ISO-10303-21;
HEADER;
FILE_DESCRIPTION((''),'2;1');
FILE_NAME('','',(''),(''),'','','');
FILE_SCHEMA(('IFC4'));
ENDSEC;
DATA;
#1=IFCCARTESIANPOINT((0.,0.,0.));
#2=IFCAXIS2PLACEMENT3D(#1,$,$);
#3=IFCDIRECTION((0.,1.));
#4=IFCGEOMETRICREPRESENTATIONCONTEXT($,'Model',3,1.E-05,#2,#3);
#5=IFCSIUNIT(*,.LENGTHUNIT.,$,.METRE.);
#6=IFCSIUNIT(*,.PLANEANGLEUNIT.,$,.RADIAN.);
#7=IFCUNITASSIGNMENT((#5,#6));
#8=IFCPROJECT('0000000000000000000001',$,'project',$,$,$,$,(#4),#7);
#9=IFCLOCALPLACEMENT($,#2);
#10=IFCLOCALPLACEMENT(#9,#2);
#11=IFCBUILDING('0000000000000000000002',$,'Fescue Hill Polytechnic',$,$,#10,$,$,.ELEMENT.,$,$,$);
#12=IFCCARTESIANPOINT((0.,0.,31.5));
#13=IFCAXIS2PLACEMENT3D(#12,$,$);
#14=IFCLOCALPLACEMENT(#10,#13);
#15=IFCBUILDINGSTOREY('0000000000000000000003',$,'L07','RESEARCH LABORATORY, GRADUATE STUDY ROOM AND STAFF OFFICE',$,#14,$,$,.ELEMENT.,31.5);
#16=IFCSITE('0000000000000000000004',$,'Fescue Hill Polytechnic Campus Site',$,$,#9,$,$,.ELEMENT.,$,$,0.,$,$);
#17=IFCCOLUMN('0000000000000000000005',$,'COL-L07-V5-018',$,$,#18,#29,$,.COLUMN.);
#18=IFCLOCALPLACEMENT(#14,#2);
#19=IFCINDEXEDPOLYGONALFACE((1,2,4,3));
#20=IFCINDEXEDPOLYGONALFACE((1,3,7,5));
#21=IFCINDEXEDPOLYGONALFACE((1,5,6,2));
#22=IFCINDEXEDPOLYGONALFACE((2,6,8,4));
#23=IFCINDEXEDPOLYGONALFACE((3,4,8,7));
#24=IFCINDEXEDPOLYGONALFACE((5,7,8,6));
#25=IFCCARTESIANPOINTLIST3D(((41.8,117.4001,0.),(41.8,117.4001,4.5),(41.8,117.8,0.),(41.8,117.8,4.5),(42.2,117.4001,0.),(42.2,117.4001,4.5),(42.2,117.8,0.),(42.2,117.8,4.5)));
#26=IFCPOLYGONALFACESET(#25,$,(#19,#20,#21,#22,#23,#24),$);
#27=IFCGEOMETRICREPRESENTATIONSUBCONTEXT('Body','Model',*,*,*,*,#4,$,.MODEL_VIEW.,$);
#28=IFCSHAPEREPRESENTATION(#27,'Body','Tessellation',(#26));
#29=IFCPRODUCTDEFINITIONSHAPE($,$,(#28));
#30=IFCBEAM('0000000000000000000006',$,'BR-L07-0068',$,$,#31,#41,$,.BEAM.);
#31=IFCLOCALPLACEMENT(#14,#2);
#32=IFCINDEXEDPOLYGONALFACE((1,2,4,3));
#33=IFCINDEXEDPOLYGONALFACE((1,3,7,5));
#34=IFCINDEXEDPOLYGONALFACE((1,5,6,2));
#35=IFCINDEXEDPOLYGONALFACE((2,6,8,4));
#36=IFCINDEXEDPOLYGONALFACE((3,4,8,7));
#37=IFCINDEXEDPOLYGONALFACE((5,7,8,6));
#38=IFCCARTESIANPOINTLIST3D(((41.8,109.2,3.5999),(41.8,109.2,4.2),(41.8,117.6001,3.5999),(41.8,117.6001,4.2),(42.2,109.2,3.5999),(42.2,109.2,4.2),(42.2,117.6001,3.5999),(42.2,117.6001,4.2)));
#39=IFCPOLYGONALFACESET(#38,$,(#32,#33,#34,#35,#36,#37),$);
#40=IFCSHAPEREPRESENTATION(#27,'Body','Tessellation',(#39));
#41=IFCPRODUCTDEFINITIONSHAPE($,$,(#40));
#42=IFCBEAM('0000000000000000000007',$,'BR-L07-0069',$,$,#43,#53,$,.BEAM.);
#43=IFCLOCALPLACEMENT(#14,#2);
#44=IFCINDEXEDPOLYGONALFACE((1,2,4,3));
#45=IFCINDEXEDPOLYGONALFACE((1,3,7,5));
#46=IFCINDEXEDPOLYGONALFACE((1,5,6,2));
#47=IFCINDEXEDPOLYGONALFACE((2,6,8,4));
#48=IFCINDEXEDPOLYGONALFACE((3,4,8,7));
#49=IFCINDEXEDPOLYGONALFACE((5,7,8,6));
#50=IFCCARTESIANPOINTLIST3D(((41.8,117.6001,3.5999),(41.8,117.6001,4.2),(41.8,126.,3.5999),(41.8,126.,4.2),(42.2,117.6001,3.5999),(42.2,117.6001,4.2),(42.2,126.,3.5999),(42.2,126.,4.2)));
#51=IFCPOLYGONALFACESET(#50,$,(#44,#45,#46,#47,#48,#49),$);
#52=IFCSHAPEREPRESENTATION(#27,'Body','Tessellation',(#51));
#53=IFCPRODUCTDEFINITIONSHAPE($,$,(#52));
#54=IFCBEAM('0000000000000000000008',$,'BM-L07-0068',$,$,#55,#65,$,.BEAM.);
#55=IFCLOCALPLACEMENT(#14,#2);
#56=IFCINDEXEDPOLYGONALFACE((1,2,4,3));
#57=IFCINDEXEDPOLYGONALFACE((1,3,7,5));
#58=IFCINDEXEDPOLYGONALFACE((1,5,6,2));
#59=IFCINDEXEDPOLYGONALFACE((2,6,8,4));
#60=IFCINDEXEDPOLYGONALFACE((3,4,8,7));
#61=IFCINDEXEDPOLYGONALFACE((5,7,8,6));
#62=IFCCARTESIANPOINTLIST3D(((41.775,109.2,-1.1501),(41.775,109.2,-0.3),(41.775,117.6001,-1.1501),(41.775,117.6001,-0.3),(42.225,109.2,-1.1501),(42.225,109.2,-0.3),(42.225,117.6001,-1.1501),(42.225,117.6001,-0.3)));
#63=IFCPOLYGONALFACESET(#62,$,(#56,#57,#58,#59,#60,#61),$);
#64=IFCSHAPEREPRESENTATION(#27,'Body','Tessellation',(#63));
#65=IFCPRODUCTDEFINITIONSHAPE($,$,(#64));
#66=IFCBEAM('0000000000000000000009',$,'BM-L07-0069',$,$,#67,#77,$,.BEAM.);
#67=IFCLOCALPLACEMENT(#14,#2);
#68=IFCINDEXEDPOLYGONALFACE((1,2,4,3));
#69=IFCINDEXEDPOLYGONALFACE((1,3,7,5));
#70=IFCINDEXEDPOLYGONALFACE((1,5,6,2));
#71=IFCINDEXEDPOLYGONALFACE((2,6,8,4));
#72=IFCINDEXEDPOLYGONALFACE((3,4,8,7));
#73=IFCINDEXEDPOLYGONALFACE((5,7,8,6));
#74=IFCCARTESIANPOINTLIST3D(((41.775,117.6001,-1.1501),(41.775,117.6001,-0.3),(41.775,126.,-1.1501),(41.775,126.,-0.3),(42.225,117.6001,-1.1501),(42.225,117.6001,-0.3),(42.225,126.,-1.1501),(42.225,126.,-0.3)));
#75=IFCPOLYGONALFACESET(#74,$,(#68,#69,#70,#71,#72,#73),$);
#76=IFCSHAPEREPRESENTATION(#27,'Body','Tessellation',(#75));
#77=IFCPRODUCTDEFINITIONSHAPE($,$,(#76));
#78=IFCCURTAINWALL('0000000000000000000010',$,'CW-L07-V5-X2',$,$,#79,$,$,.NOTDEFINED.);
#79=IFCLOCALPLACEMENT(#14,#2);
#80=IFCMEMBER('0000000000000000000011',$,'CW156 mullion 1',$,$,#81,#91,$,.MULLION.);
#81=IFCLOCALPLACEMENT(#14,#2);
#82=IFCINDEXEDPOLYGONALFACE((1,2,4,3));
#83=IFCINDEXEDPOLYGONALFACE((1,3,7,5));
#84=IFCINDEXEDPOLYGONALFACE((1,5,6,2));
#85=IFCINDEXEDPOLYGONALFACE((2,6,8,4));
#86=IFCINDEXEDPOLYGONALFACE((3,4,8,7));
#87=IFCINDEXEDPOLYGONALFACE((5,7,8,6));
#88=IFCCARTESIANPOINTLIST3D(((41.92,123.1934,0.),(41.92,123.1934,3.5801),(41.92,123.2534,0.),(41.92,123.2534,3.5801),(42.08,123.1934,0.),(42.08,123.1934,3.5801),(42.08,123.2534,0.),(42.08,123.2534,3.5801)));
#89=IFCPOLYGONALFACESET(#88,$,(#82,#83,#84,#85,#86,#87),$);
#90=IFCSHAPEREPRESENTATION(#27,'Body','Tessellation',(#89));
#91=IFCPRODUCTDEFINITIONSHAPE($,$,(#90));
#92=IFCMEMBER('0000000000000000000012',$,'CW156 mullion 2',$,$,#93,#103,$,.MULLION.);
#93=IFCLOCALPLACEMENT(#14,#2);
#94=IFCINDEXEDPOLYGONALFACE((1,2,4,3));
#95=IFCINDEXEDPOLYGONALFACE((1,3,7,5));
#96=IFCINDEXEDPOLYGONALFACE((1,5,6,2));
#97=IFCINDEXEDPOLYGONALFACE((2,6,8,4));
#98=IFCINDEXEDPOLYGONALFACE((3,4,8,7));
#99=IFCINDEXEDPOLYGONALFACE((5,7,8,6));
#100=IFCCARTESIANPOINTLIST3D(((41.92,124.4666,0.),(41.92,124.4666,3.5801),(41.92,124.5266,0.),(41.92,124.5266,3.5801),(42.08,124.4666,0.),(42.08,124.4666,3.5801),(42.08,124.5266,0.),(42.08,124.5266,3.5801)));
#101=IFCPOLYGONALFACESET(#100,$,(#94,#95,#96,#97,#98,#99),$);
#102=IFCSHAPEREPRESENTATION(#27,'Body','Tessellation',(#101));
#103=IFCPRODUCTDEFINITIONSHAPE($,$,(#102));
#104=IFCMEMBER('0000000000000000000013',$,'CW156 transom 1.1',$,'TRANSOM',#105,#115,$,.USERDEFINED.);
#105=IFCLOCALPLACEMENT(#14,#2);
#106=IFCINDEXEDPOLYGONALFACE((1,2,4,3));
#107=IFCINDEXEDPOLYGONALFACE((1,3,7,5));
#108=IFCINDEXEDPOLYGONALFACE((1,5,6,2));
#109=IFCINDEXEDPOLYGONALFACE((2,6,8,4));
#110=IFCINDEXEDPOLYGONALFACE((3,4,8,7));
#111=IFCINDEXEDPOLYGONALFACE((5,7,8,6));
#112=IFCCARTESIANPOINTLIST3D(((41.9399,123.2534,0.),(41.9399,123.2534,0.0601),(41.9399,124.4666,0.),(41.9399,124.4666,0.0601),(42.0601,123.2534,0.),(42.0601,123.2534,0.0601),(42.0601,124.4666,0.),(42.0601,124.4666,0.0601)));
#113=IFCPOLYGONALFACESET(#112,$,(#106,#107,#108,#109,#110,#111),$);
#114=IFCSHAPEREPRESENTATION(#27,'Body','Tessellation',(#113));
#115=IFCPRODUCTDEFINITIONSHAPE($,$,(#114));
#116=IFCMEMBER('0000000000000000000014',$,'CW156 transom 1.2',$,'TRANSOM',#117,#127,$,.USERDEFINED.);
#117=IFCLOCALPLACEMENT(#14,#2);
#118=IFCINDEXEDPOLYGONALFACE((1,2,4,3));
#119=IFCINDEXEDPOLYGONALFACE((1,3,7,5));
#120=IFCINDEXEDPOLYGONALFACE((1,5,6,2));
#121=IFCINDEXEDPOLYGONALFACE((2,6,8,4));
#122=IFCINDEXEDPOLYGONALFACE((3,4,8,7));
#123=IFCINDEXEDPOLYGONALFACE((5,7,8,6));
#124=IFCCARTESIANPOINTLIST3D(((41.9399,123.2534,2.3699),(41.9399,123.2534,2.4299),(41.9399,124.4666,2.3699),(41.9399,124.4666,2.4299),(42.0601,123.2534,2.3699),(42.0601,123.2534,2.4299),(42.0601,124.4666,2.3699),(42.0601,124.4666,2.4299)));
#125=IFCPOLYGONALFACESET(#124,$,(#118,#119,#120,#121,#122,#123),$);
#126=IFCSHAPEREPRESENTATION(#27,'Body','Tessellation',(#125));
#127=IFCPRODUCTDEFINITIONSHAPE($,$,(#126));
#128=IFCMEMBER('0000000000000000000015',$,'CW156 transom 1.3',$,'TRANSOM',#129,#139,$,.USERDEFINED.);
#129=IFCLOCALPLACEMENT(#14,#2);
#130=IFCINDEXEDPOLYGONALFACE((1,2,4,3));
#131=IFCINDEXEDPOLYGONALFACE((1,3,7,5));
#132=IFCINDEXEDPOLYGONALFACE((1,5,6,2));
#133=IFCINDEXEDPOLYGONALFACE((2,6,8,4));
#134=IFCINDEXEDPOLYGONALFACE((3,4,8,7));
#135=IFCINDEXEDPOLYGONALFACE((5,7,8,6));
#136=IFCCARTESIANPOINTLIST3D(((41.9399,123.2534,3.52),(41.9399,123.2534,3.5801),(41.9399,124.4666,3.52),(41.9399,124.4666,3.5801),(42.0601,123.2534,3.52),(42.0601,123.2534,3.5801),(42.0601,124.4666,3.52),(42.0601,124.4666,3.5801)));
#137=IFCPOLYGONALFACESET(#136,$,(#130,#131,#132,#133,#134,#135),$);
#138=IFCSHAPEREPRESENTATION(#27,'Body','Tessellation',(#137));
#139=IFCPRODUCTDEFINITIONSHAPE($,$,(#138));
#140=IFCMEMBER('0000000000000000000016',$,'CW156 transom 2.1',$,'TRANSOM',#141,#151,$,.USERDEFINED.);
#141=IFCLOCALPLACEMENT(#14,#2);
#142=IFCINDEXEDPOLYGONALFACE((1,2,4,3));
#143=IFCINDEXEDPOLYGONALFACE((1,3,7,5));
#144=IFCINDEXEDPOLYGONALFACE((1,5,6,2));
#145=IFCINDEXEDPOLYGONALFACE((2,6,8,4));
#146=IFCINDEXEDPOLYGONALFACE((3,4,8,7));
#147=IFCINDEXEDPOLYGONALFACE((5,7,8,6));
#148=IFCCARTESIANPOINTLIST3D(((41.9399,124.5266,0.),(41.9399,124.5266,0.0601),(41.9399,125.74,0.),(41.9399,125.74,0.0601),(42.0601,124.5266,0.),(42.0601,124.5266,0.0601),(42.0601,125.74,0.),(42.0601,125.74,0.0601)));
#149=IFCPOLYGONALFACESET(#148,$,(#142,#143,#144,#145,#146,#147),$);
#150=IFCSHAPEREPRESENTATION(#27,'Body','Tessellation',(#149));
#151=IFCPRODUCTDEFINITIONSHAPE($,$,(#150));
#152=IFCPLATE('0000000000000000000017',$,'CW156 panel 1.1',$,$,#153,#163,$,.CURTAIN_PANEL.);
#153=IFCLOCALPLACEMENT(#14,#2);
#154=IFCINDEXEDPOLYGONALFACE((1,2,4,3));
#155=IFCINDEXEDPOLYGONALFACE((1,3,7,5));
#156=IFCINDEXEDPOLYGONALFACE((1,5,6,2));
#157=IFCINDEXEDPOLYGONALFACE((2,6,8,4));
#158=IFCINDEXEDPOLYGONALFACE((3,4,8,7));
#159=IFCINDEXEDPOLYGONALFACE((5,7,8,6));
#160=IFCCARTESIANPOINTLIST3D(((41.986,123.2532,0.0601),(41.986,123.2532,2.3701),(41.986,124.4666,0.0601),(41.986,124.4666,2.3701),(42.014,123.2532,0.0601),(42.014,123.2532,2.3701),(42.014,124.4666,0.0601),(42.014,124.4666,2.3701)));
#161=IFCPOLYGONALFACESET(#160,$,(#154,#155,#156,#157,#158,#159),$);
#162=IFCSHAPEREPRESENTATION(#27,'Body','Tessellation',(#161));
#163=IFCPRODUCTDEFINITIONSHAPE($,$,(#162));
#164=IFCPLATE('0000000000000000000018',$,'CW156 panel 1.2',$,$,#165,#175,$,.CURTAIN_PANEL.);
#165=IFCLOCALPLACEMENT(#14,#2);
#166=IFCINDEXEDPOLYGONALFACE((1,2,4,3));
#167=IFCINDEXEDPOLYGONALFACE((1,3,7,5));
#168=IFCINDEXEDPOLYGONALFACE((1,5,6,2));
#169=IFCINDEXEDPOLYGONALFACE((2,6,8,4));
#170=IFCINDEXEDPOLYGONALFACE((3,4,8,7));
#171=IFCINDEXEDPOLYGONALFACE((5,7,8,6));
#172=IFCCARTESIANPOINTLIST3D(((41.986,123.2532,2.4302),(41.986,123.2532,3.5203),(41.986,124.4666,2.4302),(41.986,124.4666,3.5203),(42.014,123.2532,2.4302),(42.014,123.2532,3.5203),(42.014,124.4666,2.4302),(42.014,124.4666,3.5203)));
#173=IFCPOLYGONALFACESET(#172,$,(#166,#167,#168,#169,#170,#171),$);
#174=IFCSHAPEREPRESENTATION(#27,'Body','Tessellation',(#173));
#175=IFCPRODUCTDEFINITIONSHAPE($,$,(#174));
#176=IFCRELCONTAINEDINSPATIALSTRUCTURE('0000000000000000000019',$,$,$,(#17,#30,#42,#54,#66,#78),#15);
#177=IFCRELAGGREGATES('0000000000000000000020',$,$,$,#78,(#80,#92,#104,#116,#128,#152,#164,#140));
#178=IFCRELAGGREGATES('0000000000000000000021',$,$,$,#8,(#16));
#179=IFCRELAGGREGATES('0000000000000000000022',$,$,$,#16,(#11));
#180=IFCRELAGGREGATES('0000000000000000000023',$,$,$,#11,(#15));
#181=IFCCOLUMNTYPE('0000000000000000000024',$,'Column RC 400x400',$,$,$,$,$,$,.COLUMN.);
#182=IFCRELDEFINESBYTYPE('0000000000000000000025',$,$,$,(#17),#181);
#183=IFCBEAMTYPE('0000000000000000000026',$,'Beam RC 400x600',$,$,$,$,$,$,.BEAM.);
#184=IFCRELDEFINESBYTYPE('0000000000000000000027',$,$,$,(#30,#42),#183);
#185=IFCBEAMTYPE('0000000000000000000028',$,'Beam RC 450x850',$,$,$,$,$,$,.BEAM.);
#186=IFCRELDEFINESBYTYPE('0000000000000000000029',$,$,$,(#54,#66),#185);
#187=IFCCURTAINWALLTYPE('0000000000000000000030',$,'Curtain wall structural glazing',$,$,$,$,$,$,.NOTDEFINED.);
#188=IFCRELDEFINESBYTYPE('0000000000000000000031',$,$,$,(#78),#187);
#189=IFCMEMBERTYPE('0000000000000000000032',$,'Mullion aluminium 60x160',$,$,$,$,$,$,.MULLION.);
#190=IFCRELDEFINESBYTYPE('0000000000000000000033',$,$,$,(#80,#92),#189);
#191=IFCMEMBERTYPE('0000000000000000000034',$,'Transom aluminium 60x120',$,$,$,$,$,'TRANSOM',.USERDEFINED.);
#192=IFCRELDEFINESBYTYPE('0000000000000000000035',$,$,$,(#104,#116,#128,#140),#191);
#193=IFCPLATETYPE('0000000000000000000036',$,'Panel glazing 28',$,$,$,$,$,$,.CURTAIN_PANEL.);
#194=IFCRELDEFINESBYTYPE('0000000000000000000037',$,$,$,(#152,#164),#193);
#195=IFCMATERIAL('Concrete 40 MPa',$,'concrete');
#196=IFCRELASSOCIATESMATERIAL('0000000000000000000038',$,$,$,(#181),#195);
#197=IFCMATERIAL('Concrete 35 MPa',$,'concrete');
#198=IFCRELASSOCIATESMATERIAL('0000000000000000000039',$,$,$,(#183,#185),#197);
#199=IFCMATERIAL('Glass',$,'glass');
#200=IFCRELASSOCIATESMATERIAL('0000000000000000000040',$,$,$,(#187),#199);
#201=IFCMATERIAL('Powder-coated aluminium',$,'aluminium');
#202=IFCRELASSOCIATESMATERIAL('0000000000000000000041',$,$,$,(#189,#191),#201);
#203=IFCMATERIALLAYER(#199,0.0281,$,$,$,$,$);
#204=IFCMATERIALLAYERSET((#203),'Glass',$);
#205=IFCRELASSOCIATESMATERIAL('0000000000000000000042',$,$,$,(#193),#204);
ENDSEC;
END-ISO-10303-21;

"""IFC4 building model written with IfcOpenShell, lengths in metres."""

from ifc_helpers import new_model, si_unit, direction, frame, origin, origin_2d, place, context, subcontext, project, spatial, rectangle, extrude, material, layer, layer_set, material_profile, profile_set, type_object, element, aggregate, save


model = new_model("IFC4")

# Units and contexts
model_context = context("Model", 3, precision=1e-05, world=origin(), true_north=direction((0.0, 1.0)))
body_context = subcontext(model_context, "Body", "Model", "MODEL_VIEW")
ifc_project = project(units=[si_unit("LENGTHUNIT", "METRE"), si_unit("PLANEANGLEUNIT", "RADIAN")], contexts=[model_context])

# Site, building, storey
site_placement = place(None, origin())
site = spatial("IfcSite", under=ifc_project, at=site_placement, Name="Fescue Hill Polytechnic Campus Site", CompositionType="ELEMENT", RefElevation=0.0)
building_placement = place(site_placement, origin())
building = spatial("IfcBuilding", under=site, at=building_placement, Name="Fescue Hill Polytechnic", CompositionType="ELEMENT")
storey_placement = place(building_placement, frame((0.0, 0.0, 31.5)))
storey = spatial("IfcBuildingStorey", under=building, at=storey_placement, Name="L07", Description="RESEARCH LABORATORY, GRADUATE STUDY ROOM AND STAFF OFFICE", CompositionType="ELEMENT", Elevation=31.5)

# Column
ifc_material_1 = material(Name="Concrete 40 MPa", Category="concrete")
ifc_material_profile_1 = material_profile(ifc_material_1, rectangle(XDim=0.3999, YDim=0.3999, at=origin_2d()), Name="RC 400x400")
ifc_profile_set_1 = profile_set([ifc_material_profile_1], Name="Concrete 40 MPa")
column_type = type_object("IfcColumnType", Name="Column RC 400x400", PredefinedType="COLUMN", material=ifc_profile_set_1)
column_placement = place(storey_placement, frame((42.0, 117.6001, 0.0), z_axis=(0.0, 0.0, 1.0), x_axis=(1.0, 0.0, 0.0)))
element("IfcColumn", 1, at=column_placement, inside=storey, type_object=column_type, Name="COL-L07-V5-018", PredefinedType="COLUMN", context=body_context, shape_type="SweptSolid", body=[
    extrude(rectangle(XDim=0.3999, YDim=0.3999, at=origin_2d()), origin(), (0.0, 0.0, 1.0), 4.5),
])

# Beams
ifc_material_2 = material(Name="Concrete 35 MPa", Category="concrete")
ifc_material_profile_2 = material_profile(ifc_material_2, rectangle(XDim=0.3999, YDim=0.6001, at=origin_2d()), Name="RC 400x600")
ifc_profile_set_2 = profile_set([ifc_material_profile_2], Name="Concrete 35 MPa")
beam_type_1 = type_object("IfcBeamType", Name="Beam RC 400x600", PredefinedType="BEAM", material=ifc_profile_set_2)
beam_1_placement = place(storey_placement, frame((42.0, 109.2, 3.8999), z_axis=(0.0, 1.0, 0.0), x_axis=(-1.0, 0.0, 0.0)))
element("IfcBeam", 2, at=beam_1_placement, inside=storey, type_object=beam_type_1, Name="BR-L07-0068", PredefinedType="BEAM", context=body_context, shape_type="SweptSolid", body=[
    extrude(rectangle(XDim=0.3999, YDim=0.6001, at=origin_2d()), origin(), (0.0, 0.0, 1.0), 8.4001),
])
beam_2_placement = place(storey_placement, frame((42.0, 117.6001, 3.8999), z_axis=(0.0, 1.0, 0.0), x_axis=(-1.0, 0.0, 0.0)))
element("IfcBeam", 3, at=beam_2_placement, inside=storey, type_object=beam_type_1, Name="BR-L07-0069", PredefinedType="BEAM", context=body_context, shape_type="SweptSolid", body=[
    extrude(rectangle(XDim=0.3999, YDim=0.6001, at=origin_2d()), origin(), (0.0, 0.0, 1.0), 8.3999),
])
ifc_material_profile_3 = material_profile(ifc_material_2, rectangle(XDim=0.45, YDim=0.8501, at=origin_2d()), Name="RC 450x850")
ifc_profile_set_3 = profile_set([ifc_material_profile_3], Name="Concrete 35 MPa")
beam_type_2 = type_object("IfcBeamType", Name="Beam RC 450x850", PredefinedType="BEAM", material=ifc_profile_set_3)
beam_3_placement = place(storey_placement, frame((42.0, 109.2, -0.7251), z_axis=(0.0, 1.0, 0.0), x_axis=(-1.0, 0.0, 0.0)))
element("IfcBeam", 4, at=beam_3_placement, inside=storey, type_object=beam_type_2, Name="BM-L07-0068", PredefinedType="BEAM", context=body_context, shape_type="SweptSolid", body=[
    extrude(rectangle(XDim=0.45, YDim=0.8501, at=origin_2d()), origin(), (0.0, 0.0, 1.0), 8.4001),
])
beam_4_placement = place(storey_placement, frame((42.0, 117.6001, -0.7251), z_axis=(0.0, 1.0, 0.0), x_axis=(-1.0, 0.0, 0.0)))
element("IfcBeam", 5, at=beam_4_placement, inside=storey, type_object=beam_type_2, Name="BM-L07-0069", PredefinedType="BEAM", context=body_context, shape_type="SweptSolid", body=[
    extrude(rectangle(XDim=0.45, YDim=0.8501, at=origin_2d()), origin(), (0.0, 0.0, 1.0), 8.3999),
])

# Curtain wall, members, plates
ifc_material_3 = material(Name="Glass", Category="glass")
curtain_wall_type = type_object("IfcCurtainWallType", Name="Curtain wall structural glazing", PredefinedType="NOTDEFINED", material=ifc_material_3)
curtain_wall_placement = place(storey_placement, origin())
curtain_wall = element("IfcCurtainWall", 6, at=curtain_wall_placement, inside=storey, type_object=curtain_wall_type, Name="CW-L07-V5-X2", PredefinedType="NOTDEFINED")
ifc_material_4 = material(Name="Powder-coated aluminium", Category="aluminium")
ifc_material_profile_4 = material_profile(ifc_material_4, rectangle(XDim=0.1599, YDim=0.0601, at=origin_2d()), Name="Mullion aluminium 60x160")
ifc_profile_set_4 = profile_set([ifc_material_profile_4], Name="Powder-coated aluminium")
member_type_1 = type_object("IfcMemberType", Name="Mullion aluminium 60x160", PredefinedType="MULLION", material=ifc_profile_set_4)
member_1_placement = place(storey_placement, frame((42.0, 123.2234, 0.0), z_axis=(0.0, 0.0, 1.0), x_axis=(-1.0, 0.0, 0.0)))
member_1 = element("IfcMember", 7, at=member_1_placement, type_object=member_type_1, Name="CW156 mullion 1", PredefinedType="MULLION", context=body_context, shape_type="SweptSolid", body=[
    extrude(rectangle(XDim=0.1599, YDim=0.0601, at=origin_2d()), origin(), (0.0, 0.0, 1.0), 3.5801),
])
member_2_placement = place(storey_placement, frame((42.0, 124.4966, 0.0), z_axis=(0.0, 0.0, 1.0), x_axis=(-1.0, 0.0, 0.0)))
member_2 = element("IfcMember", 8, at=member_2_placement, type_object=member_type_1, Name="CW156 mullion 2", PredefinedType="MULLION", context=body_context, shape_type="SweptSolid", body=[
    extrude(rectangle(XDim=0.1599, YDim=0.0601, at=origin_2d()), origin(), (0.0, 0.0, 1.0), 3.5801),
])
ifc_material_profile_5 = material_profile(ifc_material_4, rectangle(XDim=0.1201, YDim=0.0601, at=origin_2d()), Name="Transom aluminium 60x120")
ifc_profile_set_5 = profile_set([ifc_material_profile_5], Name="Powder-coated aluminium")
member_type_2 = type_object("IfcMemberType", Name="Transom aluminium 60x120", ElementType="TRANSOM", PredefinedType="USERDEFINED", material=ifc_profile_set_5)
member_3_placement = place(storey_placement, frame((42.0, 123.2534, 0.03), z_axis=(0.0, 1.0, 0.0), x_axis=(-1.0, 0.0, 0.0)))
member_3 = element("IfcMember", 9, at=member_3_placement, type_object=member_type_2, Name="CW156 transom 1.1", ObjectType="TRANSOM", PredefinedType="USERDEFINED", context=body_context, shape_type="SweptSolid", body=[
    extrude(rectangle(XDim=0.1201, YDim=0.0601, at=origin_2d()), origin(), (0.0, 0.0, 1.0), 1.2131),
])
member_4_placement = place(storey_placement, frame((42.0, 123.2534, 2.3999), z_axis=(0.0, 1.0, 0.0), x_axis=(-1.0, 0.0, 0.0)))
member_4 = element("IfcMember", 10, at=member_4_placement, type_object=member_type_2, Name="CW156 transom 1.2", ObjectType="TRANSOM", PredefinedType="USERDEFINED", context=body_context, shape_type="SweptSolid", body=[
    extrude(rectangle(XDim=0.1201, YDim=0.0601, at=origin_2d()), origin(), (0.0, 0.0, 1.0), 1.2131),
])
member_5_placement = place(storey_placement, frame((42.0, 123.2534, 3.55), z_axis=(0.0, 1.0, 0.0), x_axis=(-1.0, 0.0, 0.0)))
member_5 = element("IfcMember", 11, at=member_5_placement, type_object=member_type_2, Name="CW156 transom 1.3", ObjectType="TRANSOM", PredefinedType="USERDEFINED", context=body_context, shape_type="SweptSolid", body=[
    extrude(rectangle(XDim=0.1201, YDim=0.0601, at=origin_2d()), origin(), (0.0, 0.0, 1.0), 1.2131),
])
member_6_placement = place(storey_placement, frame((42.0, 124.5266, 0.03), z_axis=(0.0, 1.0, 0.0), x_axis=(-1.0, 0.0, 0.0)))
member_6 = element("IfcMember", 12, at=member_6_placement, type_object=member_type_2, Name="CW156 transom 2.1", ObjectType="TRANSOM", PredefinedType="USERDEFINED", context=body_context, shape_type="SweptSolid", body=[
    extrude(rectangle(XDim=0.1201, YDim=0.0601, at=origin_2d()), origin(), (0.0, 0.0, 1.0), 1.2134),
])
ifc_layer_1 = layer(ifc_material_3, 0.0281)
ifc_layer_set_1 = layer_set([ifc_layer_1], Name="Glass")
plate_type = type_object("IfcPlateType", Name="Panel glazing 28", PredefinedType="CURTAIN_PANEL", material=ifc_layer_set_1)
plate_1_placement = place(storey_placement, frame((42.0, 123.8599, 0.0601), z_axis=(0.0, 0.0, 1.0), x_axis=(0.0, 1.0, 0.0)))
plate_1 = element("IfcPlate", 13, at=plate_1_placement, type_object=plate_type, Name="CW156 panel 1.1", PredefinedType="CURTAIN_PANEL", context=body_context, shape_type="SweptSolid", body=[
    extrude(rectangle(XDim=1.2134, YDim=0.0281, at=origin_2d()), origin(), (0.0, 0.0, 1.0), 2.3101),
])
plate_2_placement = place(storey_placement, frame((42.0, 123.8599, 2.4302), z_axis=(0.0, 0.0, 1.0), x_axis=(0.0, 1.0, 0.0)))
plate_2 = element("IfcPlate", 14, at=plate_2_placement, type_object=plate_type, Name="CW156 panel 1.2", PredefinedType="CURTAIN_PANEL", context=body_context, shape_type="SweptSolid", body=[
    extrude(rectangle(XDim=1.2134, YDim=0.0281, at=origin_2d()), origin(), (0.0, 0.0, 1.0), 1.0901),
])
aggregate(curtain_wall, [member_1, member_2, member_3, member_4, member_5, plate_1, plate_2, member_6])

save(model, "model.ifc")
